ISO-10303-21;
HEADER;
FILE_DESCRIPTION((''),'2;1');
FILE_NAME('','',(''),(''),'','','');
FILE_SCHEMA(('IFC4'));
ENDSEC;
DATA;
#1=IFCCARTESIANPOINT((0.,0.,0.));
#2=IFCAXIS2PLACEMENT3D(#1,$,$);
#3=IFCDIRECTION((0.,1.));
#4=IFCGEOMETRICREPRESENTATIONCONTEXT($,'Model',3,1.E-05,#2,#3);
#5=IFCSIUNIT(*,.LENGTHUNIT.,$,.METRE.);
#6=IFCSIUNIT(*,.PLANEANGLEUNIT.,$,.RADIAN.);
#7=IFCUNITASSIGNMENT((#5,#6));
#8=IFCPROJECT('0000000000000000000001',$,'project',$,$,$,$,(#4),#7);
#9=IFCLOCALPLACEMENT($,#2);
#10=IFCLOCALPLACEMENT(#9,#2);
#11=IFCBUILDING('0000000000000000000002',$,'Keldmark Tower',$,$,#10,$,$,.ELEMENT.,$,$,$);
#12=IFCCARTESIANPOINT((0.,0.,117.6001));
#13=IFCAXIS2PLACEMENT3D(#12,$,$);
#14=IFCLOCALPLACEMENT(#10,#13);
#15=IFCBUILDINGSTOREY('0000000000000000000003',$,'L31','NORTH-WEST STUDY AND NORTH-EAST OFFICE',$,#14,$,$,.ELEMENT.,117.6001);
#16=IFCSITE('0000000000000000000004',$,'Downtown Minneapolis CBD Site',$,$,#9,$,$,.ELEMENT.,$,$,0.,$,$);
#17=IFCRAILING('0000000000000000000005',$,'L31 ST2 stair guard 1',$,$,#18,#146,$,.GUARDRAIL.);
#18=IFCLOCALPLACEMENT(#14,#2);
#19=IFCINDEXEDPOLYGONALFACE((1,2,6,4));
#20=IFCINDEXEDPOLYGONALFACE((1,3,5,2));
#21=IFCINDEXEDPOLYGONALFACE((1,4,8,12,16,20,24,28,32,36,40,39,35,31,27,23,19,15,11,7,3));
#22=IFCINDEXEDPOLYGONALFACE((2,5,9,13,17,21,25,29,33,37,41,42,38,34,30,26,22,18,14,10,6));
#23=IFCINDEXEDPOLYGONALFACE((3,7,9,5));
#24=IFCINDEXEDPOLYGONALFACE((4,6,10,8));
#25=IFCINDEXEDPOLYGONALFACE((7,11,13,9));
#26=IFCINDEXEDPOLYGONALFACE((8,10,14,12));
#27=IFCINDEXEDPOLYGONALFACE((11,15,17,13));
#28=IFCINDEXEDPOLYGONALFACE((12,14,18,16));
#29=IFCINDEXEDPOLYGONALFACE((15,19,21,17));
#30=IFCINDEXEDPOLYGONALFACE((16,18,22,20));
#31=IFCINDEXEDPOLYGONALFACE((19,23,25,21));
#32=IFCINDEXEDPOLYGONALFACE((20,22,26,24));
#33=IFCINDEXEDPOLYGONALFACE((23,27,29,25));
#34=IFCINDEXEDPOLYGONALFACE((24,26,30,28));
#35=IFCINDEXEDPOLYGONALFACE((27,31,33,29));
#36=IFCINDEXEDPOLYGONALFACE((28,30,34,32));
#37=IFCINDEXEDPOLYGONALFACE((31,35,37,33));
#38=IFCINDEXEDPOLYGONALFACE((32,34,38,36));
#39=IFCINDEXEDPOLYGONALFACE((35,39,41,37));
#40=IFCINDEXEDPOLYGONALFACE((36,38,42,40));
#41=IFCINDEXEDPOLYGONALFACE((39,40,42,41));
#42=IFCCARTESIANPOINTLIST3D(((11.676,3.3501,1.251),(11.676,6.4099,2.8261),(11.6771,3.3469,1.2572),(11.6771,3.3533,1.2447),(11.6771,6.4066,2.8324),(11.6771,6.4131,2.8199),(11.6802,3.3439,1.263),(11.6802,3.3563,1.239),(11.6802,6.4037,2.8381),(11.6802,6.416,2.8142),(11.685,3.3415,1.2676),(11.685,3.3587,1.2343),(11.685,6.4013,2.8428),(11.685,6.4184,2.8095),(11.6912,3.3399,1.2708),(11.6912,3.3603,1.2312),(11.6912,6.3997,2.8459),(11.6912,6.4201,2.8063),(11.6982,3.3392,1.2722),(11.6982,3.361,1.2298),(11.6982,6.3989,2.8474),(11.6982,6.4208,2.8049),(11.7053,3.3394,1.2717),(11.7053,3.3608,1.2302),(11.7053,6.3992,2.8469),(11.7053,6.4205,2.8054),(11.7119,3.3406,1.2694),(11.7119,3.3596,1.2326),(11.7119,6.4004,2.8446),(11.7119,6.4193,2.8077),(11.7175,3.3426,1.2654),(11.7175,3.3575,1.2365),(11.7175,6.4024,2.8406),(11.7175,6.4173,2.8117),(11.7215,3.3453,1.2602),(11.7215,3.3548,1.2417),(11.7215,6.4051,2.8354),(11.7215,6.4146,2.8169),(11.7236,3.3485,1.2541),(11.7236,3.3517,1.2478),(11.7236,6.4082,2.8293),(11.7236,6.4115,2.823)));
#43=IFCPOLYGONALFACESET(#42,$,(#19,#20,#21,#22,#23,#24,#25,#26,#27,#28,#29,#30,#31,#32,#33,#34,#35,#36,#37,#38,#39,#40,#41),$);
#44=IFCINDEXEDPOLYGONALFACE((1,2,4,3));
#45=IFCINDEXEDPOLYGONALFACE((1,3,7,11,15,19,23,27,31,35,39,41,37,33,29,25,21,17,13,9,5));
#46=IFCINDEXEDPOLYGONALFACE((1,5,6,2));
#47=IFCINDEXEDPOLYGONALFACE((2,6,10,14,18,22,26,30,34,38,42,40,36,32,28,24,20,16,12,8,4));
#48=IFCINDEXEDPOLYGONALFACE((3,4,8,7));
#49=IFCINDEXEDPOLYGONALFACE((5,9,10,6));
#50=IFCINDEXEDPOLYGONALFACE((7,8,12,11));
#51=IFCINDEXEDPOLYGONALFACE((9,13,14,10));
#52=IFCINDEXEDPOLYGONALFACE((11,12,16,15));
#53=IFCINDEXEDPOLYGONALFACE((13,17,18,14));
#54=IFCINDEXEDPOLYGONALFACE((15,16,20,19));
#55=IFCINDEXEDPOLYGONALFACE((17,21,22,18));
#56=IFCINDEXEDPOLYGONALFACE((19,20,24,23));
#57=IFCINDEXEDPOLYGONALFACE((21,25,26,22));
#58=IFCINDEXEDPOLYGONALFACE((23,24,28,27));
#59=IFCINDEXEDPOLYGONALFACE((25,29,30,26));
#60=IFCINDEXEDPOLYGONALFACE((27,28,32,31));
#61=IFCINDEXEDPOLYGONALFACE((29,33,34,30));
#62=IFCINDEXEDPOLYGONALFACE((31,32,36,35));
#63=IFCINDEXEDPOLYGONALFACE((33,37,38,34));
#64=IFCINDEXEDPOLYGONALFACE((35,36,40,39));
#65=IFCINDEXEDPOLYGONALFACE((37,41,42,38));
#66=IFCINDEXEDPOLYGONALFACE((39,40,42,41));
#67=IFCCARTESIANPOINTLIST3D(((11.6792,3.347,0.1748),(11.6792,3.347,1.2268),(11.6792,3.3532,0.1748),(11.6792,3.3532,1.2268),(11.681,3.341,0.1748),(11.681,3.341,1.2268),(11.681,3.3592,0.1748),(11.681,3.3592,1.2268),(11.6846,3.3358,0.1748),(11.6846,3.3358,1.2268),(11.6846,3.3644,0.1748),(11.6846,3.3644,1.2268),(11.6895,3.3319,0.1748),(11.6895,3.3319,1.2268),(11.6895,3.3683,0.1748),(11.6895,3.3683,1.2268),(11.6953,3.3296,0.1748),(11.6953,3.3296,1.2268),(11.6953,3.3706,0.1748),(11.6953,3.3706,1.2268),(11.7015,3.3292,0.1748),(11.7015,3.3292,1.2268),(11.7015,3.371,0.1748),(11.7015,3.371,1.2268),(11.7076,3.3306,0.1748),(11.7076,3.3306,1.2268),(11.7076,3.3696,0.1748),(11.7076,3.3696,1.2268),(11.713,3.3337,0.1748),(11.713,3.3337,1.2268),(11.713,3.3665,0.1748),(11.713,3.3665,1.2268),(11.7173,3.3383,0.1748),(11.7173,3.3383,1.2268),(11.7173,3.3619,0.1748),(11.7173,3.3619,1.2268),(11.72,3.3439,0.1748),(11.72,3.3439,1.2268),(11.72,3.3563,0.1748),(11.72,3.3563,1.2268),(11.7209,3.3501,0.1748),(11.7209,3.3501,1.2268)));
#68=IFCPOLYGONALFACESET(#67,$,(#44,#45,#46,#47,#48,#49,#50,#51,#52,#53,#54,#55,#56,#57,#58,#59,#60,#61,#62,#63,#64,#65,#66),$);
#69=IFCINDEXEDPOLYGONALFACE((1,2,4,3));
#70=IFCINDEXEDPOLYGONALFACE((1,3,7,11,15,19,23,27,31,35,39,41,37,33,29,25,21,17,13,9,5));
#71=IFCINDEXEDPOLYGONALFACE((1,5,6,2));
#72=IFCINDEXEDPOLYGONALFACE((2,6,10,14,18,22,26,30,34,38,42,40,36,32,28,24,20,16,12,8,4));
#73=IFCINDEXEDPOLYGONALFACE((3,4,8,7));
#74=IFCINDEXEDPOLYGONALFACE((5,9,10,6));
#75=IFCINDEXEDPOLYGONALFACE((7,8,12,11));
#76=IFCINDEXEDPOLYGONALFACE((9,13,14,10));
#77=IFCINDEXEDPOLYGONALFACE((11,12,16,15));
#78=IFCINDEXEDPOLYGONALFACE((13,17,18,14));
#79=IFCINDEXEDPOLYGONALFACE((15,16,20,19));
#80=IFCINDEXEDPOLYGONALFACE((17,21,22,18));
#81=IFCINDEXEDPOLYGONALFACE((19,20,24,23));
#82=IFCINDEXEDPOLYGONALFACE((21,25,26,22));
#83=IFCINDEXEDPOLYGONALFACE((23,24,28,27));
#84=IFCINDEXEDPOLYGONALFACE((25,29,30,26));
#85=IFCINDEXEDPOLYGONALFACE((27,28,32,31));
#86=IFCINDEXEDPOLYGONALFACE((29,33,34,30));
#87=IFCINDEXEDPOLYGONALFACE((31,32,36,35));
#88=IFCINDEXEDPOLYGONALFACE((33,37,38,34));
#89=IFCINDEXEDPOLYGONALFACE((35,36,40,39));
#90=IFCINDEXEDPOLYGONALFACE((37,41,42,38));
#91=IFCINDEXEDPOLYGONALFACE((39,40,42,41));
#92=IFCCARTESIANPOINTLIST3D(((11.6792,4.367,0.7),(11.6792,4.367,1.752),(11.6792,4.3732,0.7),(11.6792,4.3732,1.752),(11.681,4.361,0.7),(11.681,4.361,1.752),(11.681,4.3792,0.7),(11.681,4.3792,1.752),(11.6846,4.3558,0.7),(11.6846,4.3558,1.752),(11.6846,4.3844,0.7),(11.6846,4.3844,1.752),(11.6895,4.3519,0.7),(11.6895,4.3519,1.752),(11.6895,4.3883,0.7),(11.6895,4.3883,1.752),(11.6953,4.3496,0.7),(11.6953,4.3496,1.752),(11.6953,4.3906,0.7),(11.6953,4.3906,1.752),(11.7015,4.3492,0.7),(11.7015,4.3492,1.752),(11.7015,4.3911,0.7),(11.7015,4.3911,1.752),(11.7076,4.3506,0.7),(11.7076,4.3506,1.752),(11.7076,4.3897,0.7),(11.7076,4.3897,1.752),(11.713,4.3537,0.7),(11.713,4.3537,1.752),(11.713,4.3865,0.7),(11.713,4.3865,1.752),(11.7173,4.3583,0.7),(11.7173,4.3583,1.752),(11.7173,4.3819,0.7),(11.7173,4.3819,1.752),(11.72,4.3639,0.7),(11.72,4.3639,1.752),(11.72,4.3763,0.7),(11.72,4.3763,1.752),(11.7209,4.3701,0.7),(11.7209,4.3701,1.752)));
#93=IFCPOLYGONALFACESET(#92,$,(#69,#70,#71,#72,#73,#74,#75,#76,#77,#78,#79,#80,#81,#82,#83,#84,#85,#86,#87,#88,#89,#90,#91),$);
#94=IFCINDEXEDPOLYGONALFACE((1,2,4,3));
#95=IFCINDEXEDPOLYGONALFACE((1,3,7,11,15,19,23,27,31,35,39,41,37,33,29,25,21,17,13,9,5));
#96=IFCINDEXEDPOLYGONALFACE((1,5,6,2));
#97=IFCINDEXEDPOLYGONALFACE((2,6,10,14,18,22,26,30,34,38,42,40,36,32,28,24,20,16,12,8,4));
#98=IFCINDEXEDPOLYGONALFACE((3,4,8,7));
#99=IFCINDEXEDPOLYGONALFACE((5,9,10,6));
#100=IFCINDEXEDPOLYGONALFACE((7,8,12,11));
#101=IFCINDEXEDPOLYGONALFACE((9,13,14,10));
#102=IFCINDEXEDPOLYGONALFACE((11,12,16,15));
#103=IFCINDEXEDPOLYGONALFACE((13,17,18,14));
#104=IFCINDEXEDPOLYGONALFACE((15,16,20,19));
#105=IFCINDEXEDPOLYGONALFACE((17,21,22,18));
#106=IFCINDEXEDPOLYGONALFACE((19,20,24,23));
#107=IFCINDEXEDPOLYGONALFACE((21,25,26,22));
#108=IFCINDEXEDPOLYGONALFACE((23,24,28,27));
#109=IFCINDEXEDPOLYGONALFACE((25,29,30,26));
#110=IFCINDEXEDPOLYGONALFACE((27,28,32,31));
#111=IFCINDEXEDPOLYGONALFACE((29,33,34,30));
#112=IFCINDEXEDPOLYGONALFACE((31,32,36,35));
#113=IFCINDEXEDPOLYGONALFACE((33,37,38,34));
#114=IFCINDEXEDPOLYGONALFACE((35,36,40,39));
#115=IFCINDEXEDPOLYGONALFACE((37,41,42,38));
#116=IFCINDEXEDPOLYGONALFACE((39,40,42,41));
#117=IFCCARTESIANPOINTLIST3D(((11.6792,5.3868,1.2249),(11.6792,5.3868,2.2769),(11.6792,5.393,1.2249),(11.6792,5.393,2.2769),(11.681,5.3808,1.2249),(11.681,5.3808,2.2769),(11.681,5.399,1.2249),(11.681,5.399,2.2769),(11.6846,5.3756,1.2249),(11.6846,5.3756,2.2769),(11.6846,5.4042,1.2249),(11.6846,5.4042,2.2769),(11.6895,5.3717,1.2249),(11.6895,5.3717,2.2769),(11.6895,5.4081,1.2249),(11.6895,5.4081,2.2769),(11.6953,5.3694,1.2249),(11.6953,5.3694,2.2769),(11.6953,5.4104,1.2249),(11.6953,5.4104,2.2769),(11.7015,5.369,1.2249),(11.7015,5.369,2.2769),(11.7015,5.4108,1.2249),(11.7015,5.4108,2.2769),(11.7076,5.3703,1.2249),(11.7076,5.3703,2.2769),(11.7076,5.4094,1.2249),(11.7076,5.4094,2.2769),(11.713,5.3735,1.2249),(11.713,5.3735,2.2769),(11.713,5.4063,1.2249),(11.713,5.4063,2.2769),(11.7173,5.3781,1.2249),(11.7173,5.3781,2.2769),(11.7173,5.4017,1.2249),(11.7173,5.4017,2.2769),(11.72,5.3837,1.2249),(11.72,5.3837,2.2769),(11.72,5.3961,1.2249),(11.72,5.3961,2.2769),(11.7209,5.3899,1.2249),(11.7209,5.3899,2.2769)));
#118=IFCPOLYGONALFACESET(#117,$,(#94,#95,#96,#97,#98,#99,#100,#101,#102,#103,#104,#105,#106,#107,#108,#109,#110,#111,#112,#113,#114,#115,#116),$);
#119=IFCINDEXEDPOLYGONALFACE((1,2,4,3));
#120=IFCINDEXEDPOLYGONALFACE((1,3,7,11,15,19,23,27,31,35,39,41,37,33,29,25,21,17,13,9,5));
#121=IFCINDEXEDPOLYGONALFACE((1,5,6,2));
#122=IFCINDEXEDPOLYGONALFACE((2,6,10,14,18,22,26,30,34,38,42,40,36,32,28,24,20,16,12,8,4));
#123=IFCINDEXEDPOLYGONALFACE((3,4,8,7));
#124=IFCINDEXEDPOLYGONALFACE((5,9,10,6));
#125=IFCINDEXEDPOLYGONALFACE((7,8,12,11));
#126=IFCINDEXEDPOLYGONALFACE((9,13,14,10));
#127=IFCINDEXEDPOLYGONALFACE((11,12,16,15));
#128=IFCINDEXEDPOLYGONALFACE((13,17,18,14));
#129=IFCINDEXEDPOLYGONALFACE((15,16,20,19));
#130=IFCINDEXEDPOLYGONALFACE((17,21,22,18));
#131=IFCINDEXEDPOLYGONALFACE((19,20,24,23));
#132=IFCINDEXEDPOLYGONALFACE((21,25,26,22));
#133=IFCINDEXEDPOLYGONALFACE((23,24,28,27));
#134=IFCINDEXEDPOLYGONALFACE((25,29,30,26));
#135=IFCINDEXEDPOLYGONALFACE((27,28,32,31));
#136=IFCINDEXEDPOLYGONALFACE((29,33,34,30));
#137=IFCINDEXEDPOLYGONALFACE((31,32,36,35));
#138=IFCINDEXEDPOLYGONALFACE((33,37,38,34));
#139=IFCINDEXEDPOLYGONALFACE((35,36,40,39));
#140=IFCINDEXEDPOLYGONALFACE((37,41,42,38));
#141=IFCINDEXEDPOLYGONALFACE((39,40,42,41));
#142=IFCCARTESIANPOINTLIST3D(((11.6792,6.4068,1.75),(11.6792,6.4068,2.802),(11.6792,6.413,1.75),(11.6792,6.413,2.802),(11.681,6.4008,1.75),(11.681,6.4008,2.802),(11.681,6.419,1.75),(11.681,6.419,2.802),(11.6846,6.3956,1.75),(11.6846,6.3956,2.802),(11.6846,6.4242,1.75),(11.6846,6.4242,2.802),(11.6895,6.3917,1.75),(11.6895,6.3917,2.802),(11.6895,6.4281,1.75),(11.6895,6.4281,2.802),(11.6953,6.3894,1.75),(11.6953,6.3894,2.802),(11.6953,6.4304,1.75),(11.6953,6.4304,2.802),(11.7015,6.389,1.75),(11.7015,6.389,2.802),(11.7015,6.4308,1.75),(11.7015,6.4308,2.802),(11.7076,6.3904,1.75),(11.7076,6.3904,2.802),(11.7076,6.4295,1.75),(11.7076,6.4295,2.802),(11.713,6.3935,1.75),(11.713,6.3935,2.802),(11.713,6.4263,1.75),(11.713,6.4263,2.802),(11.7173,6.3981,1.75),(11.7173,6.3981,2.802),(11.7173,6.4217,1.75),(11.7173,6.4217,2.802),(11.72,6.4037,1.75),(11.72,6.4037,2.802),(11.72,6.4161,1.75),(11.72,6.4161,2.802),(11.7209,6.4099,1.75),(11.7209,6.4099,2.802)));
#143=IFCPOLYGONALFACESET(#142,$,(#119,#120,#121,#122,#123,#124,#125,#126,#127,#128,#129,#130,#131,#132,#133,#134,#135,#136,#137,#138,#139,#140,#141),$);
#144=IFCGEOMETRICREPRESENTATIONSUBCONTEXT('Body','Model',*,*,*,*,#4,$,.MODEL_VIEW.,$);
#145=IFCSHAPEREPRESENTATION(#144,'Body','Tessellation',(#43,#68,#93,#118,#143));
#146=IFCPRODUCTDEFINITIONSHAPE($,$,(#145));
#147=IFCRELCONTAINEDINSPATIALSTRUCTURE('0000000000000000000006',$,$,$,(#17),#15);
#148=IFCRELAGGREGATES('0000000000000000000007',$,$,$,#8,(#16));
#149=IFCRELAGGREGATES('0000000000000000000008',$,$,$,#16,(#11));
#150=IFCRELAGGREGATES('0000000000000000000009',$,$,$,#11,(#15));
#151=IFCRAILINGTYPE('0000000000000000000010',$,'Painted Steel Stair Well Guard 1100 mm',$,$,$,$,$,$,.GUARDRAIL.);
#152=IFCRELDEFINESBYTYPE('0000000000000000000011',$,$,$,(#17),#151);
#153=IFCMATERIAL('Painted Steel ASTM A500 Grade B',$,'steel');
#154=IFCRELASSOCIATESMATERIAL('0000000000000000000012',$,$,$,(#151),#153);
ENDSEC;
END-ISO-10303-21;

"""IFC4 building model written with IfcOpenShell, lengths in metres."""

from ifc_helpers import new_model, si_unit, direction, frame, origin, origin_2d, place, context, subcontext, project, spatial, circle, extrude, material, type_object, element, save


model = new_model("IFC4")

# Units and contexts
model_context = context("Model", 3, precision=1e-05, world=origin(), true_north=direction((0.0, 1.0)))
body_context = subcontext(model_context, "Body", "Model", "MODEL_VIEW")
ifc_project = project(units=[si_unit("LENGTHUNIT", "METRE"), si_unit("PLANEANGLEUNIT", "RADIAN")], contexts=[model_context])

# Site, building, storey
site_placement = place(None, origin())
site = spatial("IfcSite", under=ifc_project, at=site_placement, Name="Downtown Minneapolis CBD Site", CompositionType="ELEMENT", RefElevation=0.0)
building_placement = place(site_placement, origin())
building = spatial("IfcBuilding", under=site, at=building_placement, Name="Keldmark Tower", CompositionType="ELEMENT")
storey_placement = place(building_placement, frame((0.0, 0.0, 117.6001)))
storey = spatial("IfcBuildingStorey", under=building, at=storey_placement, Name="L31", Description="NORTH-WEST STUDY AND NORTH-EAST OFFICE", CompositionType="ELEMENT", Elevation=117.6001)

# Railing
ifc_material_1 = material(Name="Painted Steel ASTM A500 Grade B", Category="steel")
railing_type_1 = type_object("IfcRailingType", Name="Painted Steel Stair Well Guard 1100 mm", PredefinedType="GUARDRAIL", material=ifc_material_1)
railing_1_placement = place(storey_placement, frame((11.7, 3.3501, 0.1748)))
element("IfcRailing", 1, at=railing_1_placement, inside=storey, type_object=railing_type_1, Name="L31 ST2 stair guard 1", PredefinedType="GUARDRAIL", context=body_context, shape_type="SweptSolid", body=[
    extrude(circle(Radius=0.0239, at=origin_2d()), frame((0.0, 0.0, 1.0762), z_axis=(0.0, 0.889101, 0.45771), x_axis=(-1.0, 0.0, 0.0)), (0.0, 0.0, 1.0), 3.4414),
    extrude(circle(Radius=0.021, at=origin_2d()), origin(), (0.0, 0.0, 1.0), 1.052),
    extrude(circle(Radius=0.021, at=origin_2d()), frame((0.0, 1.02, 0.5251)), (0.0, 0.0, 1.0), 1.052),
    extrude(circle(Radius=0.021, at=origin_2d()), frame((0.0, 2.0398, 1.05)), (0.0, 0.0, 1.0), 1.052),
    extrude(circle(Radius=0.021, at=origin_2d()), frame((0.0, 3.0598, 1.5752)), (0.0, 0.0, 1.0), 1.052),
])

save(model, "model.ifc")
